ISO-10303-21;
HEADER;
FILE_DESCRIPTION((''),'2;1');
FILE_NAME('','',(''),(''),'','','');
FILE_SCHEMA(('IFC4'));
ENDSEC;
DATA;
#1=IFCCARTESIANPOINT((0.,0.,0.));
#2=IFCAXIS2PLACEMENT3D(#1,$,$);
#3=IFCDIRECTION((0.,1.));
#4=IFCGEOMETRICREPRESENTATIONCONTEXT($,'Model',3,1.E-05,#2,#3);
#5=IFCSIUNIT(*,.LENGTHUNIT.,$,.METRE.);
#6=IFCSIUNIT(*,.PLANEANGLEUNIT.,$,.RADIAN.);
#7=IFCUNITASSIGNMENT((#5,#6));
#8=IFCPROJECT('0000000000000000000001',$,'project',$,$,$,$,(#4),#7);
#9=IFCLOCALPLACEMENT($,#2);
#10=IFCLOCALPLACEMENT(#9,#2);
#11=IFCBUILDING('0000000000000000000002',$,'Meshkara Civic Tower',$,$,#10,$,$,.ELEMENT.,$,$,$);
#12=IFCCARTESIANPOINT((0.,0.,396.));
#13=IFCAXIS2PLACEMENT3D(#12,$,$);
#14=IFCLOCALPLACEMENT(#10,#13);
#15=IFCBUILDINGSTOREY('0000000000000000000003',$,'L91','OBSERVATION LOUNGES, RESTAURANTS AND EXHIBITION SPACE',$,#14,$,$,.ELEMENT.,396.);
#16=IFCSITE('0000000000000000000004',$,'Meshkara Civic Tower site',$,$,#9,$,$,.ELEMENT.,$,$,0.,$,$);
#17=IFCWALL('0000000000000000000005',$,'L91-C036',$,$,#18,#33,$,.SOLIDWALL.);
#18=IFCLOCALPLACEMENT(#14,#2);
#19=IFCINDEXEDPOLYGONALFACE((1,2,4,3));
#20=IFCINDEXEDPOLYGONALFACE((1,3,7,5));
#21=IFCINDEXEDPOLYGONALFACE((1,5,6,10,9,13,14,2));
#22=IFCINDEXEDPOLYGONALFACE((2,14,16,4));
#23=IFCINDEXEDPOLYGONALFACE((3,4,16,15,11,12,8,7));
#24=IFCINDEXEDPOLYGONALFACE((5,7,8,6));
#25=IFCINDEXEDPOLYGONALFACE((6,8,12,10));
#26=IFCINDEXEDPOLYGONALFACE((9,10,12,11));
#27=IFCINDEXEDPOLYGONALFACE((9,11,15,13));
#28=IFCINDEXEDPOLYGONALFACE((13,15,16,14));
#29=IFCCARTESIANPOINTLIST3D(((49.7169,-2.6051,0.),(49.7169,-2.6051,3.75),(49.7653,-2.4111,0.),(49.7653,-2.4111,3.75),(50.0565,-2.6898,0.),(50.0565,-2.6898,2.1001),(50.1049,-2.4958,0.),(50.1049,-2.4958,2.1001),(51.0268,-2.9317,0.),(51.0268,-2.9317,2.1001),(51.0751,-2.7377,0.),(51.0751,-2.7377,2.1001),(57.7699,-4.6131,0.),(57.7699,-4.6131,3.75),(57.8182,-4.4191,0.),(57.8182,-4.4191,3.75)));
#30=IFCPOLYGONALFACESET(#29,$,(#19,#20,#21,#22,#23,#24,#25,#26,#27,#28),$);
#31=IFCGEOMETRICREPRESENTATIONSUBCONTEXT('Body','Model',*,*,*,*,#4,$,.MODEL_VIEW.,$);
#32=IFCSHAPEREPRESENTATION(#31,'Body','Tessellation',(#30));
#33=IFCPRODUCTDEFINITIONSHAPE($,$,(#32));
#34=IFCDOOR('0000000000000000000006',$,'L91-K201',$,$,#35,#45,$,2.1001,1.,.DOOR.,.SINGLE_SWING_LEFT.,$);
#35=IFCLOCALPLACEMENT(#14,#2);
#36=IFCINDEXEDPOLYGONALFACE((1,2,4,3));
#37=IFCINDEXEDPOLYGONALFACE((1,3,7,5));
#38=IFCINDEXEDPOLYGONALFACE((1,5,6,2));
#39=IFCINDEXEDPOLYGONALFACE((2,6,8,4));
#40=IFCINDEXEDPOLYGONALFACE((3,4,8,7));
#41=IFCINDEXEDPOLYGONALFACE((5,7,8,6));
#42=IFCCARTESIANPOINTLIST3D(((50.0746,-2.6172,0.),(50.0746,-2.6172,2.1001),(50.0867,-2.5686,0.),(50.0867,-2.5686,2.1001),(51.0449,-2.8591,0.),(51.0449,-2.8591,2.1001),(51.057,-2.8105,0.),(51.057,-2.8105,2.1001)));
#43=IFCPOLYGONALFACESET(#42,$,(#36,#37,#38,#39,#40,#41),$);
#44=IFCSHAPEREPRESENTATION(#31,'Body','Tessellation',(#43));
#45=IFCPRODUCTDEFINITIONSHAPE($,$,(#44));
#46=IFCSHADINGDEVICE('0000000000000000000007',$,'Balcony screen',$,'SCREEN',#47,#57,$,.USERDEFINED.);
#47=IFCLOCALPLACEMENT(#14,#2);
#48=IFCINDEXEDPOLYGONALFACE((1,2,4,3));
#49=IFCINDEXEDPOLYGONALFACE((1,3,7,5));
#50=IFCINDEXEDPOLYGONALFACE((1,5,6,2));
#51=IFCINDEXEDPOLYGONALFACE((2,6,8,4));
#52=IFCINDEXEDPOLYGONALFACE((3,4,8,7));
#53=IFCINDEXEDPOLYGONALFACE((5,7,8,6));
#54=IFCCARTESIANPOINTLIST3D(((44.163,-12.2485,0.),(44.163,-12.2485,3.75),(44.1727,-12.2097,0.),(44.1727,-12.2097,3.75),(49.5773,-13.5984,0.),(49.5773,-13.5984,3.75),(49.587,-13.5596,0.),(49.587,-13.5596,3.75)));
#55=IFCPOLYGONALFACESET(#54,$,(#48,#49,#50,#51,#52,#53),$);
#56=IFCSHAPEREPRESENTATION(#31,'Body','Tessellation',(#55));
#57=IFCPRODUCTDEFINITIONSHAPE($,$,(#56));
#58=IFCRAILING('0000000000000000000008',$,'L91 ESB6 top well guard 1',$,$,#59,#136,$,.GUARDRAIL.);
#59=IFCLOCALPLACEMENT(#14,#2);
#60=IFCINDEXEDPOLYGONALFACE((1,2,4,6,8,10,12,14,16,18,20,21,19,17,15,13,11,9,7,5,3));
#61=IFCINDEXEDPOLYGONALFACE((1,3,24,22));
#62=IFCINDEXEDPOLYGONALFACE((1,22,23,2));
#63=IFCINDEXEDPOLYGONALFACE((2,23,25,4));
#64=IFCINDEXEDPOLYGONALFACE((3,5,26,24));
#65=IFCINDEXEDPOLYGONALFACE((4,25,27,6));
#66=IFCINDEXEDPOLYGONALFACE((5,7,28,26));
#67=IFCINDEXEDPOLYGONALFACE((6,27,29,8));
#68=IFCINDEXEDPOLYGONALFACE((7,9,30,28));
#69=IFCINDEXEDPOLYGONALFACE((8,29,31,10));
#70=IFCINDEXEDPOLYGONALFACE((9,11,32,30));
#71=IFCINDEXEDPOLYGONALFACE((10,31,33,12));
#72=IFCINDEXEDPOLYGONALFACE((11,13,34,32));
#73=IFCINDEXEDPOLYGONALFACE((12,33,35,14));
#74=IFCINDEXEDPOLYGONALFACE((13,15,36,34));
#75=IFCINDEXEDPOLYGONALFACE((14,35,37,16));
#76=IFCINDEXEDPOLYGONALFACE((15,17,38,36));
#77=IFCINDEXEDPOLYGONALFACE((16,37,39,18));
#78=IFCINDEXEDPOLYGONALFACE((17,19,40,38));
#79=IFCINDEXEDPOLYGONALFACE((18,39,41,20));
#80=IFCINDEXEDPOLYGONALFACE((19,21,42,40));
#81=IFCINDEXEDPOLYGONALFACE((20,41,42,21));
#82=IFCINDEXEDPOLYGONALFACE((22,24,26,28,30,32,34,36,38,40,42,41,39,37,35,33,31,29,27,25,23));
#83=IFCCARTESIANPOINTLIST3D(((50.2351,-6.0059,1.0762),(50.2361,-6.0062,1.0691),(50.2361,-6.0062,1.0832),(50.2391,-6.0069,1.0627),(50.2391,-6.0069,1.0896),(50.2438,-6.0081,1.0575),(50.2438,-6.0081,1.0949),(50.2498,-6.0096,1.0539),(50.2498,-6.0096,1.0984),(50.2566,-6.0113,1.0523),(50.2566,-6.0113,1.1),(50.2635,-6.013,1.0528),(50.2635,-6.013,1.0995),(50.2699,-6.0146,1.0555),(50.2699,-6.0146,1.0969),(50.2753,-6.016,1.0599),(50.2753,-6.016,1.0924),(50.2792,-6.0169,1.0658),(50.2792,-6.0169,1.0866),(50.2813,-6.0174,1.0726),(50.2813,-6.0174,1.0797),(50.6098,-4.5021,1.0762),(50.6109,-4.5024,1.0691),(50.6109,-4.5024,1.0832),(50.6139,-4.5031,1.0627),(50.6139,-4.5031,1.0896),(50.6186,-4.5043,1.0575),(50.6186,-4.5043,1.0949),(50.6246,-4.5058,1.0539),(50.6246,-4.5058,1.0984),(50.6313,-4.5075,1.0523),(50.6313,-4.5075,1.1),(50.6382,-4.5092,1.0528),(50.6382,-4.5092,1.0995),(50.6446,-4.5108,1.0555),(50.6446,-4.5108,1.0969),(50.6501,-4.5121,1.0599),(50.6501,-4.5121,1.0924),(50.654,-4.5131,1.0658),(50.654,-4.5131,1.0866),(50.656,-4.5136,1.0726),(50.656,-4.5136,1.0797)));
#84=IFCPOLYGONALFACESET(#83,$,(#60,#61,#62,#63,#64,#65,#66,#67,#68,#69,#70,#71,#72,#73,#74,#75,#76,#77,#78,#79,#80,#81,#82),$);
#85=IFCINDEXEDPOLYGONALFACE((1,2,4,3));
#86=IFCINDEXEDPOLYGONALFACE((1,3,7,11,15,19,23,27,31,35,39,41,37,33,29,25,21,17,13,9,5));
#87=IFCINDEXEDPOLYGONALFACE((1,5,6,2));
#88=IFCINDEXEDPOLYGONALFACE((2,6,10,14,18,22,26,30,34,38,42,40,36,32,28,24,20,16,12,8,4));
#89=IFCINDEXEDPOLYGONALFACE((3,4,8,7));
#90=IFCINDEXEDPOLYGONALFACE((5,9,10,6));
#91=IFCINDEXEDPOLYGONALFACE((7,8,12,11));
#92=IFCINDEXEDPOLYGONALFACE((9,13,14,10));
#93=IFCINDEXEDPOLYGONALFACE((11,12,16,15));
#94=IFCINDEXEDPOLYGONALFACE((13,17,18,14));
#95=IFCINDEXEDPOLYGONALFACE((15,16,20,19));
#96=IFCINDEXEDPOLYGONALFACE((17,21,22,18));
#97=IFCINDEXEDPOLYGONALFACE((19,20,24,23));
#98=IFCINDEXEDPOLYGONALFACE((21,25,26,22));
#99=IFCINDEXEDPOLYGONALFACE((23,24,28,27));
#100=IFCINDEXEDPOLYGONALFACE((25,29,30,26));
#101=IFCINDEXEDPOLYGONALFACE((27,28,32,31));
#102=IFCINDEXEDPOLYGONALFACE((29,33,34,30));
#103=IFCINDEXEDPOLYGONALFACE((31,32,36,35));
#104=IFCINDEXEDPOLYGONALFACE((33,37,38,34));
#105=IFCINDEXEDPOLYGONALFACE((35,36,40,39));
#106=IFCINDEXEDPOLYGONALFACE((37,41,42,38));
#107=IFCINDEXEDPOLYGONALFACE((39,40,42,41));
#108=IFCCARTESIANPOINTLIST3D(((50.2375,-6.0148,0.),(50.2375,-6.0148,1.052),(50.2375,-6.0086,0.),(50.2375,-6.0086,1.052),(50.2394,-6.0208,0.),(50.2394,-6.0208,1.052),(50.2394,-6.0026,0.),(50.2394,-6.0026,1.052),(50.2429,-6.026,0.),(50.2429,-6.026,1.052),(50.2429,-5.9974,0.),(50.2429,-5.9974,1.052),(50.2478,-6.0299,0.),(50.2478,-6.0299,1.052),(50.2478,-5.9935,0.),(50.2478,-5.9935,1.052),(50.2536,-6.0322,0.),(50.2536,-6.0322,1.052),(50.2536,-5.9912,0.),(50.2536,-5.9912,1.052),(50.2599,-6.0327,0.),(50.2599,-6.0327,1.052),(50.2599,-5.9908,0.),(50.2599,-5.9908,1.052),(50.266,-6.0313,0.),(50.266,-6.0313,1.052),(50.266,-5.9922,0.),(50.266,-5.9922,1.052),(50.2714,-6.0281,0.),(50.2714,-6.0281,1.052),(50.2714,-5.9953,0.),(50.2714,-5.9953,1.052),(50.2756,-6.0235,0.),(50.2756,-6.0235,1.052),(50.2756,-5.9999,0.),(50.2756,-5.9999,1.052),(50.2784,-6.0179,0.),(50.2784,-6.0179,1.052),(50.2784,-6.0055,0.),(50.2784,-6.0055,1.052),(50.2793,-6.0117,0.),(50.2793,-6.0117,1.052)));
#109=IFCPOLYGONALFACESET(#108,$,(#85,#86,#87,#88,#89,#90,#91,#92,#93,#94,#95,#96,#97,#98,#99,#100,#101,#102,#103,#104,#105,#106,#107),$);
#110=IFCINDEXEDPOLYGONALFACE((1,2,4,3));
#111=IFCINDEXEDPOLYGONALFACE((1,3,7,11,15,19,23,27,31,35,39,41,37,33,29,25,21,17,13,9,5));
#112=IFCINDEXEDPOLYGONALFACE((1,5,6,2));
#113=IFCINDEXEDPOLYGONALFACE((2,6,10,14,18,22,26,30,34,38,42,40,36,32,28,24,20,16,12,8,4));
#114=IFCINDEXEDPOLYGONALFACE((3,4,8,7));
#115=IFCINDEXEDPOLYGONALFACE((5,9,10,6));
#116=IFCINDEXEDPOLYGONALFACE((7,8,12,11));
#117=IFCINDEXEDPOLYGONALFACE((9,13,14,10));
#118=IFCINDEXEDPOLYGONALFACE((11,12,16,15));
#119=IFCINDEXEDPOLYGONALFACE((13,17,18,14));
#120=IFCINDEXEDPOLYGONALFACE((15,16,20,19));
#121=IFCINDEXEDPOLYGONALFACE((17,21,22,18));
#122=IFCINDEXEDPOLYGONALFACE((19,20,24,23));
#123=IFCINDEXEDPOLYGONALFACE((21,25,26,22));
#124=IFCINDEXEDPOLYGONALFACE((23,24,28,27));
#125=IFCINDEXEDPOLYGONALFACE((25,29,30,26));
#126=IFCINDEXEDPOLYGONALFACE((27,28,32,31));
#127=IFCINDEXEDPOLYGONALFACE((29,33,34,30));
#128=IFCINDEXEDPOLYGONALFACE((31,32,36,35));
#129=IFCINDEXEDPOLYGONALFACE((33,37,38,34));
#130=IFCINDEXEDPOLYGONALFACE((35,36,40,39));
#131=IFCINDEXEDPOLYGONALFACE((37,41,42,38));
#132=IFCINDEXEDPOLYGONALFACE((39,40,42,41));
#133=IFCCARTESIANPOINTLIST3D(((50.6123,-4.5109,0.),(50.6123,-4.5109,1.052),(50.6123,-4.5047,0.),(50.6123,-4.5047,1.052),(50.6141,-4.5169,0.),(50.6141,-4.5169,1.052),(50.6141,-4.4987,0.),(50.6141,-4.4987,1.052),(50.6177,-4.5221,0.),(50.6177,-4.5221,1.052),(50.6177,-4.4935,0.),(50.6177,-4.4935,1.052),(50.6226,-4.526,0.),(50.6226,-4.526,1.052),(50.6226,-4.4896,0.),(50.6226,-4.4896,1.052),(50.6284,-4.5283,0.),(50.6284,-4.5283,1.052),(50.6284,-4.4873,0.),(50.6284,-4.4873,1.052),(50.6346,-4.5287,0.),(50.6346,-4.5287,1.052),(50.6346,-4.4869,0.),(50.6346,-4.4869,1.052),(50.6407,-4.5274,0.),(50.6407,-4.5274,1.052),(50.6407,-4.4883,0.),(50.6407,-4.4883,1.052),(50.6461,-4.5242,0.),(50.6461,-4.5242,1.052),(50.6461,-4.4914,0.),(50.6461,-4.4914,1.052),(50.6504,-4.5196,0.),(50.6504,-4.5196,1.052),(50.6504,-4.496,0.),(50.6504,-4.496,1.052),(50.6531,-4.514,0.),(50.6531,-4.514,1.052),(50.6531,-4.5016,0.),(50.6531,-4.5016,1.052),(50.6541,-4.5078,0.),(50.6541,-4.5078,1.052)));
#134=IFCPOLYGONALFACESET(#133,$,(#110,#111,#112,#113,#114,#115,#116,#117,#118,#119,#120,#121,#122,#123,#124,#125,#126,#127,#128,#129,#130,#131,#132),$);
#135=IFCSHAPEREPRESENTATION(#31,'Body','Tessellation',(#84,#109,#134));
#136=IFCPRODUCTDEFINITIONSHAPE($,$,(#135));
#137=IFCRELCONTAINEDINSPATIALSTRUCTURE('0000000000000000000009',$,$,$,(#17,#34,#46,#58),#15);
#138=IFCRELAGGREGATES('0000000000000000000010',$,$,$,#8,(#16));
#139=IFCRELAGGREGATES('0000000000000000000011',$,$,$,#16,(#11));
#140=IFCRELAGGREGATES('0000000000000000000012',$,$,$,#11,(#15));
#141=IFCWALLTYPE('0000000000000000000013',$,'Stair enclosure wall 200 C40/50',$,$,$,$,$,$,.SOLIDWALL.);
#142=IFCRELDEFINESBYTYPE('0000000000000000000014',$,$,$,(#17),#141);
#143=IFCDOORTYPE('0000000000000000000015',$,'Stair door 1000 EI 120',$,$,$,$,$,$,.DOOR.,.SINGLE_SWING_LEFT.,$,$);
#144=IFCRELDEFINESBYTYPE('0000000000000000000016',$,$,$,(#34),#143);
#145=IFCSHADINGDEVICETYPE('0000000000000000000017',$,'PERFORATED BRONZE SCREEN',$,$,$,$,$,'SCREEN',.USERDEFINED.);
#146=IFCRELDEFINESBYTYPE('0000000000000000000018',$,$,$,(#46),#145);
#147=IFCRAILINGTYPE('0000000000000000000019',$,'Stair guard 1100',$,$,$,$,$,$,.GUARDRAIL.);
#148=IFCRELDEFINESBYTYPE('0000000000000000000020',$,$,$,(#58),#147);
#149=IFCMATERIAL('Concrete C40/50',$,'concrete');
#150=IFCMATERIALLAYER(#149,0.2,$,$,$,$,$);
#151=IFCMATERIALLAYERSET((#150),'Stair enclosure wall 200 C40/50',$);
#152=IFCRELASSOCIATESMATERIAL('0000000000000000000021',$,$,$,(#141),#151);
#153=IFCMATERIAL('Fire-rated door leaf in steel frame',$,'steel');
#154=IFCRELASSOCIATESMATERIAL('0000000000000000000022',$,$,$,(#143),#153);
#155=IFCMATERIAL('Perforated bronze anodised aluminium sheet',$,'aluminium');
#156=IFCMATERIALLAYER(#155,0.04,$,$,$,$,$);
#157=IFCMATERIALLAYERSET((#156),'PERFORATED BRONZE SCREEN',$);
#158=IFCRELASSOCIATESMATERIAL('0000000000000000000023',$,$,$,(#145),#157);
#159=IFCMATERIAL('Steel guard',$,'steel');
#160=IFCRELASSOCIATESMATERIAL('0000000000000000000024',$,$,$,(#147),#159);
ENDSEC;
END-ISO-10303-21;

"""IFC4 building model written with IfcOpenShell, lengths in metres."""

from ifc_helpers import new_model, si_unit, direction, frame, frame_2d, origin, origin_2d, place, context, subcontext, project, spatial, rectangle, circle, extrude, material, layer, layer_set, type_object, element, fill, save


model = new_model("IFC4")

# Units and contexts
model_context = context("Model", 3, precision=1e-05, world=origin(), true_north=direction((0.0, 1.0)))
body_context = subcontext(model_context, "Body", "Model", "MODEL_VIEW")
ifc_project = project(units=[si_unit("LENGTHUNIT", "METRE"), si_unit("PLANEANGLEUNIT", "RADIAN")], contexts=[model_context])

# Site, building, storey
site_placement = place(None, origin())
site = spatial("IfcSite", under=ifc_project, at=site_placement, Name="Meshkara Civic Tower site", CompositionType="ELEMENT", RefElevation=0.0)
building_placement = place(site_placement, origin())
building = spatial("IfcBuilding", under=site, at=building_placement, Name="Meshkara Civic Tower", CompositionType="ELEMENT")
storey_placement = place(building_placement, frame((0.0, 0.0, 396.0)))
storey = spatial("IfcBuildingStorey", under=building, at=storey_placement, Name="L91", Description="OBSERVATION LOUNGES, RESTAURANTS AND EXHIBITION SPACE", CompositionType="ELEMENT", Elevation=396.0)

# Wall, opening, door
ifc_material_1 = material(Name="Concrete C40/50", Category="concrete")
ifc_layer_1 = layer(ifc_material_1, 0.2)
ifc_layer_set_1 = layer_set([ifc_layer_1], Name="Stair enclosure wall 200 C40/50")
wall_type_1 = type_object("IfcWallType", Name="Stair enclosure wall 200 C40/50", PredefinedType="SOLIDWALL", material=ifc_layer_set_1)
wall_1_placement = place(storey_placement, frame((49.741, -2.5081, 0.0), z_axis=(0.0, 0.0, 1.0), x_axis=(0.970289, -0.241947, 0.0)))
wall_1 = element("IfcWall", 1, at=wall_1_placement, inside=storey, type_object=wall_type_1, Name="L91-C036", PredefinedType="SOLIDWALL", context=body_context, shape_type="SweptSolid", body=[
    extrude(rectangle(XDim=8.2996, YDim=0.2, at=frame_2d((4.1499, 0.0))), origin(), (0.0, 0.0, 1.0), 3.75),
])
opening_1_placement = place(wall_1_placement, frame((0.3501, 0.0, 0.0)))
opening_1 = element("IfcOpeningElement", 2, at=opening_1_placement, cuts=wall_1, PredefinedType="OPENING", context=body_context, shape_type="SweptSolid", body=[
    extrude(rectangle(XDim=1.0, YDim=2.1001, at=frame_2d((0.5, 1.05))), frame((0.0, 0.1099, 0.0), z_axis=(0.0, -1.0, 0.0), x_axis=(1.0, 0.0, 0.0)), (0.0, 0.0, 1.0), 0.22),
])
ifc_material_2 = material(Name="Fire-rated door leaf in steel frame", Category="steel")
door_type_1 = type_object("IfcDoorType", Name="Stair door 1000 EI 120", OperationType="SINGLE_SWING_LEFT", PredefinedType="DOOR", material=ifc_material_2)
door_1_placement = place(opening_1_placement, origin())
door_1 = element("IfcDoor", 3, at=door_1_placement, inside=storey, type_object=door_type_1, Name="L91-K201", OperationType="SINGLE_SWING_LEFT", OverallHeight=2.1001, OverallWidth=1.0, PredefinedType="DOOR", context=body_context, shape_type="SweptSolid", body=[
    extrude(rectangle(XDim=1.0, YDim=2.1001, at=frame_2d((0.5, 1.05))), frame((0.0, 0.0249, 0.0), z_axis=(0.0, -1.0, 0.0), x_axis=(1.0, 0.0, 0.0)), (0.0, 0.0, 1.0), 0.05),
])
fill(opening_1, door_1)

# Shading device
ifc_material_3 = material(Name="Perforated bronze anodised aluminium sheet", Category="aluminium")
ifc_layer_2 = layer(ifc_material_3, 0.04)
ifc_layer_set_2 = layer_set([ifc_layer_2], Name="PERFORATED BRONZE SCREEN")
shading_device_type = type_object("IfcShadingDeviceType", Name="PERFORATED BRONZE SCREEN", ElementType="SCREEN", PredefinedType="USERDEFINED", material=ifc_layer_set_2)
shading_device_placement = place(storey_placement, frame((46.875, -12.9041, 0.0), z_axis=(0.0, 0.0, 1.0), x_axis=(0.970296, -0.241922, 0.0)))
element("IfcShadingDevice", 4, at=shading_device_placement, inside=storey, type_object=shading_device_type, Name="Balcony screen", ObjectType="SCREEN", PredefinedType="USERDEFINED", context=body_context, shape_type="SweptSolid", body=[
    extrude(rectangle(XDim=5.5801, YDim=0.04, at=origin_2d()), origin(), (0.0, 0.0, 1.0), 3.75),
])

# Railing
ifc_material_4 = material(Name="Steel guard", Category="steel")
railing_type_1 = type_object("IfcRailingType", Name="Stair guard 1100", PredefinedType="GUARDRAIL", material=ifc_material_4)
railing_1_placement = place(storey_placement, frame((50.2583, -6.0117, 0.0)))
element("IfcRailing", 5, at=railing_1_placement, inside=storey, type_object=railing_type_1, Name="L91 ESB6 top well guard 1", PredefinedType="GUARDRAIL", context=body_context, shape_type="SweptSolid", body=[
    extrude(circle(Radius=0.0239, at=origin_2d()), frame((0.0, 0.0, 1.0762), z_axis=(0.241794, 0.970328, 0.0), x_axis=(-0.970328, 0.241794, 0.0)), (0.0, 0.0, 1.0), 1.5498),
    extrude(circle(Radius=0.021, at=origin_2d()), origin(), (0.0, 0.0, 1.0), 1.052),
    extrude(circle(Radius=0.021, at=origin_2d()), frame((0.3748, 1.5039, 0.0)), (0.0, 0.0, 1.0), 1.052),
])

save(model, "model.ifc")
